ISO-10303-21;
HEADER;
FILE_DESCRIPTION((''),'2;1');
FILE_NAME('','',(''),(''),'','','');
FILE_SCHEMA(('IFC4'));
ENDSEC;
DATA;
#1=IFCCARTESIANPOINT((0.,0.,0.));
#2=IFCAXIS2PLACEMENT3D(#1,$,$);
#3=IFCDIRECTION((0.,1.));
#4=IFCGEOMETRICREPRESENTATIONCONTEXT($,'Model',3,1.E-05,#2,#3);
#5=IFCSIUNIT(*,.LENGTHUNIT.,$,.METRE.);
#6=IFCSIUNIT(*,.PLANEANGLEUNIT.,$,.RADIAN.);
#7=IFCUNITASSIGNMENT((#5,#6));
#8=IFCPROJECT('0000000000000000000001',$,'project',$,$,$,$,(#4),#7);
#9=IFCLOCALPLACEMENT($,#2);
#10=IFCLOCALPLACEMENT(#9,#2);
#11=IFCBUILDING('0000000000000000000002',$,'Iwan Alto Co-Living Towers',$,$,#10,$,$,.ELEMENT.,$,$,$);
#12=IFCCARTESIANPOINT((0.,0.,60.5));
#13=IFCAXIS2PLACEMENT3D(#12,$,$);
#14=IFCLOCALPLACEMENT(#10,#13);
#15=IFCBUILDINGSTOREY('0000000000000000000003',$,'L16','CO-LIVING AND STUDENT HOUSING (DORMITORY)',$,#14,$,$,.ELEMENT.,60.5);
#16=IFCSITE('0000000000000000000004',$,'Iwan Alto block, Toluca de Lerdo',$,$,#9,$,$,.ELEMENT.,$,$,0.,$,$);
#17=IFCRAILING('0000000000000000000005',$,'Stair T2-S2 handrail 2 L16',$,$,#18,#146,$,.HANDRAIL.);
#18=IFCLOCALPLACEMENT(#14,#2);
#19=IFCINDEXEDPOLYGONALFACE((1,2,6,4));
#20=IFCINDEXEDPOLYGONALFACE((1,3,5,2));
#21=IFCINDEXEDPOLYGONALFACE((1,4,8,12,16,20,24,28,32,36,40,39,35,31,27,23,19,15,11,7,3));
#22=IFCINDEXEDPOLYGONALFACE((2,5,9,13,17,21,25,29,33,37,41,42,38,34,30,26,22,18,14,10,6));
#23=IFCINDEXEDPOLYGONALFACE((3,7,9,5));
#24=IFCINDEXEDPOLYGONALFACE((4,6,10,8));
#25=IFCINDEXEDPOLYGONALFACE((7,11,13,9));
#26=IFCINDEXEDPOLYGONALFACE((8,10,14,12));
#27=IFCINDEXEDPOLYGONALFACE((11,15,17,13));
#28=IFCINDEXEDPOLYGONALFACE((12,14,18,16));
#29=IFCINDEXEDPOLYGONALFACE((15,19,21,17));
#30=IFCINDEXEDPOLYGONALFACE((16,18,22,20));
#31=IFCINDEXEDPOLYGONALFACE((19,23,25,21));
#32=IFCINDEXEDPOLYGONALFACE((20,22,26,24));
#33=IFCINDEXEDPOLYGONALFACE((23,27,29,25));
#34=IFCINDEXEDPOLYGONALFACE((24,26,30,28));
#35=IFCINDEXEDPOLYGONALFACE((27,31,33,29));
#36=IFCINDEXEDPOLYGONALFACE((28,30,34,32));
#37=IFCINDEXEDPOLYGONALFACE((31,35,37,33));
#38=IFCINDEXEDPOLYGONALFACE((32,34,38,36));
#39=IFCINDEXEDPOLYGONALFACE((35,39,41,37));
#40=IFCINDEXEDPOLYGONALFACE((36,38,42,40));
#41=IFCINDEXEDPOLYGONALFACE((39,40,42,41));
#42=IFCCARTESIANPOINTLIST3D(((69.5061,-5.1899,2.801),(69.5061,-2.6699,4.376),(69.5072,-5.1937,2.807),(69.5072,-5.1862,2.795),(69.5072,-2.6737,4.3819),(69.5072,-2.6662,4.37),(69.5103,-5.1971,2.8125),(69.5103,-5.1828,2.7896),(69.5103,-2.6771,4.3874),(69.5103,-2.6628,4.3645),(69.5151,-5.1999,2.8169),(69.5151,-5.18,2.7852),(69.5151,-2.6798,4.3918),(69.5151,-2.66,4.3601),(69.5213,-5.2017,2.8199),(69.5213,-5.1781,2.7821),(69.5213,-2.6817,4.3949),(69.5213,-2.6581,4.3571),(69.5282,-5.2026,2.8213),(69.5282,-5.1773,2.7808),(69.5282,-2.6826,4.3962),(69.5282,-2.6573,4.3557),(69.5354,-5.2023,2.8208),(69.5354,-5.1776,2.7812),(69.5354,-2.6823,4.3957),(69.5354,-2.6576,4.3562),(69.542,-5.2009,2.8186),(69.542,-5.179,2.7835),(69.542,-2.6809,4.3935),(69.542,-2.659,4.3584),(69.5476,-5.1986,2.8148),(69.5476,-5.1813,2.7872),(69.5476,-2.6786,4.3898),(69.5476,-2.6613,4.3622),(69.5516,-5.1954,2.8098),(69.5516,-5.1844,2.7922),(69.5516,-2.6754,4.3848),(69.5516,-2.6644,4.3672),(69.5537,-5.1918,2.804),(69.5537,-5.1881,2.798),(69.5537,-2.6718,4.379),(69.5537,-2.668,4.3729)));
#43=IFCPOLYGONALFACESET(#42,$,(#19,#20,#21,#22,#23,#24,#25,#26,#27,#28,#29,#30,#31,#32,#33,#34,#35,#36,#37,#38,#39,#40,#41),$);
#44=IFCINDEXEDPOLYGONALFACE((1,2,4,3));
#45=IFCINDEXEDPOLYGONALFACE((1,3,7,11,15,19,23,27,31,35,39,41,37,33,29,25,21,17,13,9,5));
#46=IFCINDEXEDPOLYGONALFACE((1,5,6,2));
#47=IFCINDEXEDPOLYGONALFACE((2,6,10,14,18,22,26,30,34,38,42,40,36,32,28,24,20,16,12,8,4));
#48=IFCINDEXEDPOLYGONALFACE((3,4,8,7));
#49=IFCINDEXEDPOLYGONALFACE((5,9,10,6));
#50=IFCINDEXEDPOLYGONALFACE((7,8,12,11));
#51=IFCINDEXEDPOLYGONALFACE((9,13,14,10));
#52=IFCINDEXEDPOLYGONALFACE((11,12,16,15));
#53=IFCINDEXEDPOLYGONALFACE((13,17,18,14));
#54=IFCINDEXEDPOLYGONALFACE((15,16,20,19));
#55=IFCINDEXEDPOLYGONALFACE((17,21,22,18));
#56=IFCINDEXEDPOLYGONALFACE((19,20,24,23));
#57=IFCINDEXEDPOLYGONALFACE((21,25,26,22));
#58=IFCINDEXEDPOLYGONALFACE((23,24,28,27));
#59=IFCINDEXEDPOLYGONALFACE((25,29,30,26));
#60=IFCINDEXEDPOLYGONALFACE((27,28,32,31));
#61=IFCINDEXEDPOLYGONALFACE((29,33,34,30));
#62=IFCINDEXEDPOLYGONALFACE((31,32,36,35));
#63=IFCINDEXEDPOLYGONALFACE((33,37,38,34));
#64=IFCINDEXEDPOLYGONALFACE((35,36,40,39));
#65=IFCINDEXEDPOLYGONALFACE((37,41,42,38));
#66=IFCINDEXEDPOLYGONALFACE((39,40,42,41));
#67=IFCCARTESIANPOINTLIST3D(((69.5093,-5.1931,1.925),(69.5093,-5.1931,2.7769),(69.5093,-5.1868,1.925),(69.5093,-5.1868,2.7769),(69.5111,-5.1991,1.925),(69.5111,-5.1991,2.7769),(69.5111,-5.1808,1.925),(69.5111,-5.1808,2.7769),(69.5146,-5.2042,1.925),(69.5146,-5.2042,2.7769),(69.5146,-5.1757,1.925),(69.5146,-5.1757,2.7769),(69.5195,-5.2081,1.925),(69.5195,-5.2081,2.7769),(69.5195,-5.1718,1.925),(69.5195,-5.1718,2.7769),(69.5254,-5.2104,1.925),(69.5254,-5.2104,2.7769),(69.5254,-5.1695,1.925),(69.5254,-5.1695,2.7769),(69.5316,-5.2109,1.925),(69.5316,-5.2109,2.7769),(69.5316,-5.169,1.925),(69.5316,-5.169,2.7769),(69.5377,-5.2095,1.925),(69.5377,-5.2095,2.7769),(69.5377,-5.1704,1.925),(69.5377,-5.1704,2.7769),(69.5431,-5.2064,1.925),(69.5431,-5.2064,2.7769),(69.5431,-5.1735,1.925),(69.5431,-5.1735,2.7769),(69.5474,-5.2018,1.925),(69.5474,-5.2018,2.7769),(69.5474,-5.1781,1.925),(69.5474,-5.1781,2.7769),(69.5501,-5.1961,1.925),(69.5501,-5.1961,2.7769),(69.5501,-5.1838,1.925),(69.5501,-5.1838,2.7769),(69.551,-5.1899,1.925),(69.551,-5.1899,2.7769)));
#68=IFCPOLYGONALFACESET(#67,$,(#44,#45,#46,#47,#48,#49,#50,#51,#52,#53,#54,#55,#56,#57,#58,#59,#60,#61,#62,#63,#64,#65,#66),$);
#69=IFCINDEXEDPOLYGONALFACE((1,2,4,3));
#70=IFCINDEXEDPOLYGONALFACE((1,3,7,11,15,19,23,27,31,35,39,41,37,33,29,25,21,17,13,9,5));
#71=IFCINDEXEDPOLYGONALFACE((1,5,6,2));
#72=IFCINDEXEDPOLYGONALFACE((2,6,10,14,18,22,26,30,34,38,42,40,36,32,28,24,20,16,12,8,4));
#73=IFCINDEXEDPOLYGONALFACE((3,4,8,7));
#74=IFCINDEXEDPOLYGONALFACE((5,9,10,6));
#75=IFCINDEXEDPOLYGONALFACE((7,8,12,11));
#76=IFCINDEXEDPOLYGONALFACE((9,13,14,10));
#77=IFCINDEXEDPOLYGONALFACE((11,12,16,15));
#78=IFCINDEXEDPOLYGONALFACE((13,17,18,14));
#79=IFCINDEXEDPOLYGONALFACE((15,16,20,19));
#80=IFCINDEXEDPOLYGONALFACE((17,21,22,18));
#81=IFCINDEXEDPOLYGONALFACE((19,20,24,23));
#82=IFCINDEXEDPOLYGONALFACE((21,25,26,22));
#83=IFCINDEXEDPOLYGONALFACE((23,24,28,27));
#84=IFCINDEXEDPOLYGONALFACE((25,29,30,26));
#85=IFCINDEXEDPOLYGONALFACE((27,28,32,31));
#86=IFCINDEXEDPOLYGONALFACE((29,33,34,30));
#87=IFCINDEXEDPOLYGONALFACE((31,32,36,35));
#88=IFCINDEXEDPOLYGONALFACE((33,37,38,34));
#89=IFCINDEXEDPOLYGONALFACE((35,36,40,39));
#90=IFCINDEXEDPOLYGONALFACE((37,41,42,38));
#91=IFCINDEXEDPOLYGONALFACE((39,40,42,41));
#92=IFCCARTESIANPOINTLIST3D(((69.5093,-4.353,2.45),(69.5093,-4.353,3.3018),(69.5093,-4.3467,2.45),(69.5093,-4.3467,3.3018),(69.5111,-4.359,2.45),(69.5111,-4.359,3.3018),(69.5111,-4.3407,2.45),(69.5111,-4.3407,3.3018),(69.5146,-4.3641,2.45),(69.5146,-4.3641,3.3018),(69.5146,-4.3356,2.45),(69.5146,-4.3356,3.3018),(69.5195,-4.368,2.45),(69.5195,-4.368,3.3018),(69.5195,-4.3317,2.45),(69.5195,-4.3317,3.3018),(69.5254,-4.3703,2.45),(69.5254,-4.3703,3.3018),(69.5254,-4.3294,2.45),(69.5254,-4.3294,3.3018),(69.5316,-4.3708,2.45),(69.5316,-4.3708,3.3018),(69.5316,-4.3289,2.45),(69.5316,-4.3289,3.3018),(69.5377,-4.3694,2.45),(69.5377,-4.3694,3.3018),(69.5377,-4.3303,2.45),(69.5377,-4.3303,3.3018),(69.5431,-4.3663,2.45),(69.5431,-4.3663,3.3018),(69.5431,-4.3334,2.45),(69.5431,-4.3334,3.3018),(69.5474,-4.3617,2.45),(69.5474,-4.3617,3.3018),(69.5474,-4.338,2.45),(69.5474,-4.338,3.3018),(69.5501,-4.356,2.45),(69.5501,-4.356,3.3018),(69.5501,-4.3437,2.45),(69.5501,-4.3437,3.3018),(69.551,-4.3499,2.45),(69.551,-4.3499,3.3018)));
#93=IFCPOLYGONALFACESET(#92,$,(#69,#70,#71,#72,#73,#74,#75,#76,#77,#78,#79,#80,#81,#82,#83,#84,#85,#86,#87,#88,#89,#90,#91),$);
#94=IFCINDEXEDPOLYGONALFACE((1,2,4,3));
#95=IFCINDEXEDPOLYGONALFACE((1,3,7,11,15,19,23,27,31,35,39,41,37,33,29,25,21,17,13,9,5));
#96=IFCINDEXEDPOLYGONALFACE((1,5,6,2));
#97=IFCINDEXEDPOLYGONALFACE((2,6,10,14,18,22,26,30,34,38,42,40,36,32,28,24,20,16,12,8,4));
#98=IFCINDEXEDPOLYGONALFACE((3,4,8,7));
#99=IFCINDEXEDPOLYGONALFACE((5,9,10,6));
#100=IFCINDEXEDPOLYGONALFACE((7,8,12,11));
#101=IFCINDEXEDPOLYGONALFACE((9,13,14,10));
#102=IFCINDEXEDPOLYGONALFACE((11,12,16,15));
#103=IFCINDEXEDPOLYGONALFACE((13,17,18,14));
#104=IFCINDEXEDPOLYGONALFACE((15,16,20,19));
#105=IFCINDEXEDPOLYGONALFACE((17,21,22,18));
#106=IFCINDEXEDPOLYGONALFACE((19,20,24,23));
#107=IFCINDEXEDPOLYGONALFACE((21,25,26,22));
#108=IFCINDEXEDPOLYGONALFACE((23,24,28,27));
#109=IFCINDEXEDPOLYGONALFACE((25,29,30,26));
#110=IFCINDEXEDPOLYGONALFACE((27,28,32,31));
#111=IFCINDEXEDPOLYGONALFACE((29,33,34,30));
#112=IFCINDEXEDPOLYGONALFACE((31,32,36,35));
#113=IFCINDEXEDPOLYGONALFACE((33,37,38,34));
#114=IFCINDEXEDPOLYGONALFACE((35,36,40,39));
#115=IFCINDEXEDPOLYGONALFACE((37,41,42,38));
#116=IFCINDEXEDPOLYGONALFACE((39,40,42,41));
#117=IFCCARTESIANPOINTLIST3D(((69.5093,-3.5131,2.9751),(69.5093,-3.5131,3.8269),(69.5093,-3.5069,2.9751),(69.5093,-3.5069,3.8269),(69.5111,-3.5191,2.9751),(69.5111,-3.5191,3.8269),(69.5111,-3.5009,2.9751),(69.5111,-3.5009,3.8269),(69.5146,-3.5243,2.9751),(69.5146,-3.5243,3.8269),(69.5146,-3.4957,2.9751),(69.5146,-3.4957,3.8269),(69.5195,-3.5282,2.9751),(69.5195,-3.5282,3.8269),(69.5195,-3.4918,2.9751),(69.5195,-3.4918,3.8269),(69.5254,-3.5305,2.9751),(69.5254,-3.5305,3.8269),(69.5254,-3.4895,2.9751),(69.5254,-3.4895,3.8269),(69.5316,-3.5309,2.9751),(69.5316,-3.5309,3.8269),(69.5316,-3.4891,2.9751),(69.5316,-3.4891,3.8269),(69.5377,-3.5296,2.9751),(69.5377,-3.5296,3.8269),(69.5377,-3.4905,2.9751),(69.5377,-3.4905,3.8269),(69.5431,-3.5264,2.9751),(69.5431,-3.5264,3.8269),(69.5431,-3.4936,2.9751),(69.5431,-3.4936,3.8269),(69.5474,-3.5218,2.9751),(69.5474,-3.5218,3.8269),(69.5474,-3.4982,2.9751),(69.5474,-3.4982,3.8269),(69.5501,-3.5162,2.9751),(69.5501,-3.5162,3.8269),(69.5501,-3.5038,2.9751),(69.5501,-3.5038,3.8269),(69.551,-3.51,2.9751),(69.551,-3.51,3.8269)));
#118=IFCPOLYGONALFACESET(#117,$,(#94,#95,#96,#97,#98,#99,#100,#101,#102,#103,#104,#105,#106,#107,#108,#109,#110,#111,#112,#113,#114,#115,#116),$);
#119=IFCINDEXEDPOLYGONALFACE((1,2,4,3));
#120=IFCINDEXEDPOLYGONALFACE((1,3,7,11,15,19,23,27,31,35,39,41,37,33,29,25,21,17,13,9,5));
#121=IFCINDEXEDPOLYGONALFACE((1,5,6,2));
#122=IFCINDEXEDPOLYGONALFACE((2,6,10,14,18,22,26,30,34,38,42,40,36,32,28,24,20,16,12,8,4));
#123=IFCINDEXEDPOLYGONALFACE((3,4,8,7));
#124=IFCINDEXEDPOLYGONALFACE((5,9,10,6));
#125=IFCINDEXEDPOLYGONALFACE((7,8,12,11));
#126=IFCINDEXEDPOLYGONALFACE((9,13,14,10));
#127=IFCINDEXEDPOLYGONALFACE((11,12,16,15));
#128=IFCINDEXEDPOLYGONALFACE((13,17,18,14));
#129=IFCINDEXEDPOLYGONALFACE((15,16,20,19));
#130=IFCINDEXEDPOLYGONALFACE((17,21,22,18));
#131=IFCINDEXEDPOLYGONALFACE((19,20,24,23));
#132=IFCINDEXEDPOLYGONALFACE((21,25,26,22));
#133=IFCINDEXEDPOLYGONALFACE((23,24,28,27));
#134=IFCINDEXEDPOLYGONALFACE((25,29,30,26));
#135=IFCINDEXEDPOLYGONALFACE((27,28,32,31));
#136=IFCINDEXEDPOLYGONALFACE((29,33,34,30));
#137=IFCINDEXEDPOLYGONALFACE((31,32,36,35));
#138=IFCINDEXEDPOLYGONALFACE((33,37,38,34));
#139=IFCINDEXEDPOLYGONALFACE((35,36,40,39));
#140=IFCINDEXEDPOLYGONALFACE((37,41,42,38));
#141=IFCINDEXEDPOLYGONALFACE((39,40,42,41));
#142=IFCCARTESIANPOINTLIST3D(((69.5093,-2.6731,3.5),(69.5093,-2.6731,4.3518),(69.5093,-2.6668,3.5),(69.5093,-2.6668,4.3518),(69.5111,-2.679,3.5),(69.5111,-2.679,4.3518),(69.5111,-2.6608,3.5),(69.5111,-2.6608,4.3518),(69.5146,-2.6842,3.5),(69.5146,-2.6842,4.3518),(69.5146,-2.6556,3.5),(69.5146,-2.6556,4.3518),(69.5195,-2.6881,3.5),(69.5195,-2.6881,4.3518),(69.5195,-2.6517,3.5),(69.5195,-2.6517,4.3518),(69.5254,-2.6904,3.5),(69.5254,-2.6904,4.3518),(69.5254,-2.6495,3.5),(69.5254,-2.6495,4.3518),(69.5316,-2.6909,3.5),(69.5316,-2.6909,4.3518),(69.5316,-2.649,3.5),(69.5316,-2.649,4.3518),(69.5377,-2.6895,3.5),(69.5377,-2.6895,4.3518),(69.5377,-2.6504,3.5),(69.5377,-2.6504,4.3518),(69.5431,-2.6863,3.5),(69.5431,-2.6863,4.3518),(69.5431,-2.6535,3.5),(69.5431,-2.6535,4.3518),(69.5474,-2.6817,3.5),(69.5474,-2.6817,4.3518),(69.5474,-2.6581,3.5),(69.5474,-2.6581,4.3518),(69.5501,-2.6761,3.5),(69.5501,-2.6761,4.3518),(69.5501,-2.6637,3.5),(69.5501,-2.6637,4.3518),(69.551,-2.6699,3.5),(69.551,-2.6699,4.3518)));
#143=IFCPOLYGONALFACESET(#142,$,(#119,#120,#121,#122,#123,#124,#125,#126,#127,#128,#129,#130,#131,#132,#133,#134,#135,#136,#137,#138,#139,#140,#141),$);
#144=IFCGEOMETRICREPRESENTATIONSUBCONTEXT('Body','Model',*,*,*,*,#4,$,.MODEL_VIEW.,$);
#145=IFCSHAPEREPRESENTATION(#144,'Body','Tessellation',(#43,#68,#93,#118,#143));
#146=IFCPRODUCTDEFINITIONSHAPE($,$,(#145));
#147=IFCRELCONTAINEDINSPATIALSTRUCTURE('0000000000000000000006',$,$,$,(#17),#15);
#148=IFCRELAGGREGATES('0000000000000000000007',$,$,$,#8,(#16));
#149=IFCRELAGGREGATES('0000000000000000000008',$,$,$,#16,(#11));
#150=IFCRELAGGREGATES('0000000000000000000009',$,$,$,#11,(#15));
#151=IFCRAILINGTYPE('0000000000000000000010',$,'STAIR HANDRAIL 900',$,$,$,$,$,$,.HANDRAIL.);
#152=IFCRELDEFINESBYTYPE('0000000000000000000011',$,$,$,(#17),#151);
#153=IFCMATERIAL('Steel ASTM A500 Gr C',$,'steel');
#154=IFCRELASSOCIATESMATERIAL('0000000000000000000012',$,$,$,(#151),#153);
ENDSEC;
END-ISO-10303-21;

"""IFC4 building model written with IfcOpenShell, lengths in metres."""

from ifc_helpers import new_model, si_unit, direction, frame, origin, origin_2d, place, context, subcontext, project, spatial, circle, extrude, material, type_object, element, save


model = new_model("IFC4")

# Units and contexts
model_context = context("Model", 3, precision=1e-05, world=origin(), true_north=direction((0.0, 1.0)))
body_context = subcontext(model_context, "Body", "Model", "MODEL_VIEW")
ifc_project = project(units=[si_unit("LENGTHUNIT", "METRE"), si_unit("PLANEANGLEUNIT", "RADIAN")], contexts=[model_context])

# Site, building, storey
site_placement = place(None, origin())
site = spatial("IfcSite", under=ifc_project, at=site_placement, Name="Iwan Alto block, Toluca de Lerdo", CompositionType="ELEMENT", RefElevation=0.0)
building_placement = place(site_placement, origin())
building = spatial("IfcBuilding", under=site, at=building_placement, Name="Iwan Alto Co-Living Towers", CompositionType="ELEMENT")
storey_placement = place(building_placement, frame((0.0, 0.0, 60.5)))
storey = spatial("IfcBuildingStorey", under=building, at=storey_placement, Name="L16", Description="CO-LIVING AND STUDENT HOUSING (DORMITORY)", CompositionType="ELEMENT", Elevation=60.5)

# Railing
ifc_material_1 = material(Name="Steel ASTM A500 Gr C", Category="steel")
railing_type = type_object("IfcRailingType", Name="STAIR HANDRAIL 900", PredefinedType="HANDRAIL", material=ifc_material_1)
railing_placement = place(storey_placement, frame((69.53, -5.1899, 1.925)))
element("IfcRailing", 1, at=railing_placement, inside=storey, type_object=railing_type, Name="Stair T2-S2 handrail 2 L16", PredefinedType="HANDRAIL", context=body_context, shape_type="SweptSolid", body=[
    extrude(circle(Radius=0.0239, at=origin_2d()), frame((0.0, 0.0, 0.876), z_axis=(0.0, 0.848008, 0.529984), x_axis=(-1.0, 0.0, 0.0)), (0.0, 0.0, 1.0), 2.9717),
    extrude(circle(Radius=0.021, at=origin_2d()), origin(), (0.0, 0.0, 1.0), 0.8518),
    extrude(circle(Radius=0.021, at=origin_2d()), frame((0.0, 0.8401, 0.5249)), (0.0, 0.0, 1.0), 0.8518),
    extrude(circle(Radius=0.021, at=origin_2d()), frame((0.0, 1.6799, 1.05)), (0.0, 0.0, 1.0), 0.8518),
    extrude(circle(Radius=0.021, at=origin_2d()), frame((0.0, 2.52, 1.575)), (0.0, 0.0, 1.0), 0.8518),
])

save(model, "model.ifc")
